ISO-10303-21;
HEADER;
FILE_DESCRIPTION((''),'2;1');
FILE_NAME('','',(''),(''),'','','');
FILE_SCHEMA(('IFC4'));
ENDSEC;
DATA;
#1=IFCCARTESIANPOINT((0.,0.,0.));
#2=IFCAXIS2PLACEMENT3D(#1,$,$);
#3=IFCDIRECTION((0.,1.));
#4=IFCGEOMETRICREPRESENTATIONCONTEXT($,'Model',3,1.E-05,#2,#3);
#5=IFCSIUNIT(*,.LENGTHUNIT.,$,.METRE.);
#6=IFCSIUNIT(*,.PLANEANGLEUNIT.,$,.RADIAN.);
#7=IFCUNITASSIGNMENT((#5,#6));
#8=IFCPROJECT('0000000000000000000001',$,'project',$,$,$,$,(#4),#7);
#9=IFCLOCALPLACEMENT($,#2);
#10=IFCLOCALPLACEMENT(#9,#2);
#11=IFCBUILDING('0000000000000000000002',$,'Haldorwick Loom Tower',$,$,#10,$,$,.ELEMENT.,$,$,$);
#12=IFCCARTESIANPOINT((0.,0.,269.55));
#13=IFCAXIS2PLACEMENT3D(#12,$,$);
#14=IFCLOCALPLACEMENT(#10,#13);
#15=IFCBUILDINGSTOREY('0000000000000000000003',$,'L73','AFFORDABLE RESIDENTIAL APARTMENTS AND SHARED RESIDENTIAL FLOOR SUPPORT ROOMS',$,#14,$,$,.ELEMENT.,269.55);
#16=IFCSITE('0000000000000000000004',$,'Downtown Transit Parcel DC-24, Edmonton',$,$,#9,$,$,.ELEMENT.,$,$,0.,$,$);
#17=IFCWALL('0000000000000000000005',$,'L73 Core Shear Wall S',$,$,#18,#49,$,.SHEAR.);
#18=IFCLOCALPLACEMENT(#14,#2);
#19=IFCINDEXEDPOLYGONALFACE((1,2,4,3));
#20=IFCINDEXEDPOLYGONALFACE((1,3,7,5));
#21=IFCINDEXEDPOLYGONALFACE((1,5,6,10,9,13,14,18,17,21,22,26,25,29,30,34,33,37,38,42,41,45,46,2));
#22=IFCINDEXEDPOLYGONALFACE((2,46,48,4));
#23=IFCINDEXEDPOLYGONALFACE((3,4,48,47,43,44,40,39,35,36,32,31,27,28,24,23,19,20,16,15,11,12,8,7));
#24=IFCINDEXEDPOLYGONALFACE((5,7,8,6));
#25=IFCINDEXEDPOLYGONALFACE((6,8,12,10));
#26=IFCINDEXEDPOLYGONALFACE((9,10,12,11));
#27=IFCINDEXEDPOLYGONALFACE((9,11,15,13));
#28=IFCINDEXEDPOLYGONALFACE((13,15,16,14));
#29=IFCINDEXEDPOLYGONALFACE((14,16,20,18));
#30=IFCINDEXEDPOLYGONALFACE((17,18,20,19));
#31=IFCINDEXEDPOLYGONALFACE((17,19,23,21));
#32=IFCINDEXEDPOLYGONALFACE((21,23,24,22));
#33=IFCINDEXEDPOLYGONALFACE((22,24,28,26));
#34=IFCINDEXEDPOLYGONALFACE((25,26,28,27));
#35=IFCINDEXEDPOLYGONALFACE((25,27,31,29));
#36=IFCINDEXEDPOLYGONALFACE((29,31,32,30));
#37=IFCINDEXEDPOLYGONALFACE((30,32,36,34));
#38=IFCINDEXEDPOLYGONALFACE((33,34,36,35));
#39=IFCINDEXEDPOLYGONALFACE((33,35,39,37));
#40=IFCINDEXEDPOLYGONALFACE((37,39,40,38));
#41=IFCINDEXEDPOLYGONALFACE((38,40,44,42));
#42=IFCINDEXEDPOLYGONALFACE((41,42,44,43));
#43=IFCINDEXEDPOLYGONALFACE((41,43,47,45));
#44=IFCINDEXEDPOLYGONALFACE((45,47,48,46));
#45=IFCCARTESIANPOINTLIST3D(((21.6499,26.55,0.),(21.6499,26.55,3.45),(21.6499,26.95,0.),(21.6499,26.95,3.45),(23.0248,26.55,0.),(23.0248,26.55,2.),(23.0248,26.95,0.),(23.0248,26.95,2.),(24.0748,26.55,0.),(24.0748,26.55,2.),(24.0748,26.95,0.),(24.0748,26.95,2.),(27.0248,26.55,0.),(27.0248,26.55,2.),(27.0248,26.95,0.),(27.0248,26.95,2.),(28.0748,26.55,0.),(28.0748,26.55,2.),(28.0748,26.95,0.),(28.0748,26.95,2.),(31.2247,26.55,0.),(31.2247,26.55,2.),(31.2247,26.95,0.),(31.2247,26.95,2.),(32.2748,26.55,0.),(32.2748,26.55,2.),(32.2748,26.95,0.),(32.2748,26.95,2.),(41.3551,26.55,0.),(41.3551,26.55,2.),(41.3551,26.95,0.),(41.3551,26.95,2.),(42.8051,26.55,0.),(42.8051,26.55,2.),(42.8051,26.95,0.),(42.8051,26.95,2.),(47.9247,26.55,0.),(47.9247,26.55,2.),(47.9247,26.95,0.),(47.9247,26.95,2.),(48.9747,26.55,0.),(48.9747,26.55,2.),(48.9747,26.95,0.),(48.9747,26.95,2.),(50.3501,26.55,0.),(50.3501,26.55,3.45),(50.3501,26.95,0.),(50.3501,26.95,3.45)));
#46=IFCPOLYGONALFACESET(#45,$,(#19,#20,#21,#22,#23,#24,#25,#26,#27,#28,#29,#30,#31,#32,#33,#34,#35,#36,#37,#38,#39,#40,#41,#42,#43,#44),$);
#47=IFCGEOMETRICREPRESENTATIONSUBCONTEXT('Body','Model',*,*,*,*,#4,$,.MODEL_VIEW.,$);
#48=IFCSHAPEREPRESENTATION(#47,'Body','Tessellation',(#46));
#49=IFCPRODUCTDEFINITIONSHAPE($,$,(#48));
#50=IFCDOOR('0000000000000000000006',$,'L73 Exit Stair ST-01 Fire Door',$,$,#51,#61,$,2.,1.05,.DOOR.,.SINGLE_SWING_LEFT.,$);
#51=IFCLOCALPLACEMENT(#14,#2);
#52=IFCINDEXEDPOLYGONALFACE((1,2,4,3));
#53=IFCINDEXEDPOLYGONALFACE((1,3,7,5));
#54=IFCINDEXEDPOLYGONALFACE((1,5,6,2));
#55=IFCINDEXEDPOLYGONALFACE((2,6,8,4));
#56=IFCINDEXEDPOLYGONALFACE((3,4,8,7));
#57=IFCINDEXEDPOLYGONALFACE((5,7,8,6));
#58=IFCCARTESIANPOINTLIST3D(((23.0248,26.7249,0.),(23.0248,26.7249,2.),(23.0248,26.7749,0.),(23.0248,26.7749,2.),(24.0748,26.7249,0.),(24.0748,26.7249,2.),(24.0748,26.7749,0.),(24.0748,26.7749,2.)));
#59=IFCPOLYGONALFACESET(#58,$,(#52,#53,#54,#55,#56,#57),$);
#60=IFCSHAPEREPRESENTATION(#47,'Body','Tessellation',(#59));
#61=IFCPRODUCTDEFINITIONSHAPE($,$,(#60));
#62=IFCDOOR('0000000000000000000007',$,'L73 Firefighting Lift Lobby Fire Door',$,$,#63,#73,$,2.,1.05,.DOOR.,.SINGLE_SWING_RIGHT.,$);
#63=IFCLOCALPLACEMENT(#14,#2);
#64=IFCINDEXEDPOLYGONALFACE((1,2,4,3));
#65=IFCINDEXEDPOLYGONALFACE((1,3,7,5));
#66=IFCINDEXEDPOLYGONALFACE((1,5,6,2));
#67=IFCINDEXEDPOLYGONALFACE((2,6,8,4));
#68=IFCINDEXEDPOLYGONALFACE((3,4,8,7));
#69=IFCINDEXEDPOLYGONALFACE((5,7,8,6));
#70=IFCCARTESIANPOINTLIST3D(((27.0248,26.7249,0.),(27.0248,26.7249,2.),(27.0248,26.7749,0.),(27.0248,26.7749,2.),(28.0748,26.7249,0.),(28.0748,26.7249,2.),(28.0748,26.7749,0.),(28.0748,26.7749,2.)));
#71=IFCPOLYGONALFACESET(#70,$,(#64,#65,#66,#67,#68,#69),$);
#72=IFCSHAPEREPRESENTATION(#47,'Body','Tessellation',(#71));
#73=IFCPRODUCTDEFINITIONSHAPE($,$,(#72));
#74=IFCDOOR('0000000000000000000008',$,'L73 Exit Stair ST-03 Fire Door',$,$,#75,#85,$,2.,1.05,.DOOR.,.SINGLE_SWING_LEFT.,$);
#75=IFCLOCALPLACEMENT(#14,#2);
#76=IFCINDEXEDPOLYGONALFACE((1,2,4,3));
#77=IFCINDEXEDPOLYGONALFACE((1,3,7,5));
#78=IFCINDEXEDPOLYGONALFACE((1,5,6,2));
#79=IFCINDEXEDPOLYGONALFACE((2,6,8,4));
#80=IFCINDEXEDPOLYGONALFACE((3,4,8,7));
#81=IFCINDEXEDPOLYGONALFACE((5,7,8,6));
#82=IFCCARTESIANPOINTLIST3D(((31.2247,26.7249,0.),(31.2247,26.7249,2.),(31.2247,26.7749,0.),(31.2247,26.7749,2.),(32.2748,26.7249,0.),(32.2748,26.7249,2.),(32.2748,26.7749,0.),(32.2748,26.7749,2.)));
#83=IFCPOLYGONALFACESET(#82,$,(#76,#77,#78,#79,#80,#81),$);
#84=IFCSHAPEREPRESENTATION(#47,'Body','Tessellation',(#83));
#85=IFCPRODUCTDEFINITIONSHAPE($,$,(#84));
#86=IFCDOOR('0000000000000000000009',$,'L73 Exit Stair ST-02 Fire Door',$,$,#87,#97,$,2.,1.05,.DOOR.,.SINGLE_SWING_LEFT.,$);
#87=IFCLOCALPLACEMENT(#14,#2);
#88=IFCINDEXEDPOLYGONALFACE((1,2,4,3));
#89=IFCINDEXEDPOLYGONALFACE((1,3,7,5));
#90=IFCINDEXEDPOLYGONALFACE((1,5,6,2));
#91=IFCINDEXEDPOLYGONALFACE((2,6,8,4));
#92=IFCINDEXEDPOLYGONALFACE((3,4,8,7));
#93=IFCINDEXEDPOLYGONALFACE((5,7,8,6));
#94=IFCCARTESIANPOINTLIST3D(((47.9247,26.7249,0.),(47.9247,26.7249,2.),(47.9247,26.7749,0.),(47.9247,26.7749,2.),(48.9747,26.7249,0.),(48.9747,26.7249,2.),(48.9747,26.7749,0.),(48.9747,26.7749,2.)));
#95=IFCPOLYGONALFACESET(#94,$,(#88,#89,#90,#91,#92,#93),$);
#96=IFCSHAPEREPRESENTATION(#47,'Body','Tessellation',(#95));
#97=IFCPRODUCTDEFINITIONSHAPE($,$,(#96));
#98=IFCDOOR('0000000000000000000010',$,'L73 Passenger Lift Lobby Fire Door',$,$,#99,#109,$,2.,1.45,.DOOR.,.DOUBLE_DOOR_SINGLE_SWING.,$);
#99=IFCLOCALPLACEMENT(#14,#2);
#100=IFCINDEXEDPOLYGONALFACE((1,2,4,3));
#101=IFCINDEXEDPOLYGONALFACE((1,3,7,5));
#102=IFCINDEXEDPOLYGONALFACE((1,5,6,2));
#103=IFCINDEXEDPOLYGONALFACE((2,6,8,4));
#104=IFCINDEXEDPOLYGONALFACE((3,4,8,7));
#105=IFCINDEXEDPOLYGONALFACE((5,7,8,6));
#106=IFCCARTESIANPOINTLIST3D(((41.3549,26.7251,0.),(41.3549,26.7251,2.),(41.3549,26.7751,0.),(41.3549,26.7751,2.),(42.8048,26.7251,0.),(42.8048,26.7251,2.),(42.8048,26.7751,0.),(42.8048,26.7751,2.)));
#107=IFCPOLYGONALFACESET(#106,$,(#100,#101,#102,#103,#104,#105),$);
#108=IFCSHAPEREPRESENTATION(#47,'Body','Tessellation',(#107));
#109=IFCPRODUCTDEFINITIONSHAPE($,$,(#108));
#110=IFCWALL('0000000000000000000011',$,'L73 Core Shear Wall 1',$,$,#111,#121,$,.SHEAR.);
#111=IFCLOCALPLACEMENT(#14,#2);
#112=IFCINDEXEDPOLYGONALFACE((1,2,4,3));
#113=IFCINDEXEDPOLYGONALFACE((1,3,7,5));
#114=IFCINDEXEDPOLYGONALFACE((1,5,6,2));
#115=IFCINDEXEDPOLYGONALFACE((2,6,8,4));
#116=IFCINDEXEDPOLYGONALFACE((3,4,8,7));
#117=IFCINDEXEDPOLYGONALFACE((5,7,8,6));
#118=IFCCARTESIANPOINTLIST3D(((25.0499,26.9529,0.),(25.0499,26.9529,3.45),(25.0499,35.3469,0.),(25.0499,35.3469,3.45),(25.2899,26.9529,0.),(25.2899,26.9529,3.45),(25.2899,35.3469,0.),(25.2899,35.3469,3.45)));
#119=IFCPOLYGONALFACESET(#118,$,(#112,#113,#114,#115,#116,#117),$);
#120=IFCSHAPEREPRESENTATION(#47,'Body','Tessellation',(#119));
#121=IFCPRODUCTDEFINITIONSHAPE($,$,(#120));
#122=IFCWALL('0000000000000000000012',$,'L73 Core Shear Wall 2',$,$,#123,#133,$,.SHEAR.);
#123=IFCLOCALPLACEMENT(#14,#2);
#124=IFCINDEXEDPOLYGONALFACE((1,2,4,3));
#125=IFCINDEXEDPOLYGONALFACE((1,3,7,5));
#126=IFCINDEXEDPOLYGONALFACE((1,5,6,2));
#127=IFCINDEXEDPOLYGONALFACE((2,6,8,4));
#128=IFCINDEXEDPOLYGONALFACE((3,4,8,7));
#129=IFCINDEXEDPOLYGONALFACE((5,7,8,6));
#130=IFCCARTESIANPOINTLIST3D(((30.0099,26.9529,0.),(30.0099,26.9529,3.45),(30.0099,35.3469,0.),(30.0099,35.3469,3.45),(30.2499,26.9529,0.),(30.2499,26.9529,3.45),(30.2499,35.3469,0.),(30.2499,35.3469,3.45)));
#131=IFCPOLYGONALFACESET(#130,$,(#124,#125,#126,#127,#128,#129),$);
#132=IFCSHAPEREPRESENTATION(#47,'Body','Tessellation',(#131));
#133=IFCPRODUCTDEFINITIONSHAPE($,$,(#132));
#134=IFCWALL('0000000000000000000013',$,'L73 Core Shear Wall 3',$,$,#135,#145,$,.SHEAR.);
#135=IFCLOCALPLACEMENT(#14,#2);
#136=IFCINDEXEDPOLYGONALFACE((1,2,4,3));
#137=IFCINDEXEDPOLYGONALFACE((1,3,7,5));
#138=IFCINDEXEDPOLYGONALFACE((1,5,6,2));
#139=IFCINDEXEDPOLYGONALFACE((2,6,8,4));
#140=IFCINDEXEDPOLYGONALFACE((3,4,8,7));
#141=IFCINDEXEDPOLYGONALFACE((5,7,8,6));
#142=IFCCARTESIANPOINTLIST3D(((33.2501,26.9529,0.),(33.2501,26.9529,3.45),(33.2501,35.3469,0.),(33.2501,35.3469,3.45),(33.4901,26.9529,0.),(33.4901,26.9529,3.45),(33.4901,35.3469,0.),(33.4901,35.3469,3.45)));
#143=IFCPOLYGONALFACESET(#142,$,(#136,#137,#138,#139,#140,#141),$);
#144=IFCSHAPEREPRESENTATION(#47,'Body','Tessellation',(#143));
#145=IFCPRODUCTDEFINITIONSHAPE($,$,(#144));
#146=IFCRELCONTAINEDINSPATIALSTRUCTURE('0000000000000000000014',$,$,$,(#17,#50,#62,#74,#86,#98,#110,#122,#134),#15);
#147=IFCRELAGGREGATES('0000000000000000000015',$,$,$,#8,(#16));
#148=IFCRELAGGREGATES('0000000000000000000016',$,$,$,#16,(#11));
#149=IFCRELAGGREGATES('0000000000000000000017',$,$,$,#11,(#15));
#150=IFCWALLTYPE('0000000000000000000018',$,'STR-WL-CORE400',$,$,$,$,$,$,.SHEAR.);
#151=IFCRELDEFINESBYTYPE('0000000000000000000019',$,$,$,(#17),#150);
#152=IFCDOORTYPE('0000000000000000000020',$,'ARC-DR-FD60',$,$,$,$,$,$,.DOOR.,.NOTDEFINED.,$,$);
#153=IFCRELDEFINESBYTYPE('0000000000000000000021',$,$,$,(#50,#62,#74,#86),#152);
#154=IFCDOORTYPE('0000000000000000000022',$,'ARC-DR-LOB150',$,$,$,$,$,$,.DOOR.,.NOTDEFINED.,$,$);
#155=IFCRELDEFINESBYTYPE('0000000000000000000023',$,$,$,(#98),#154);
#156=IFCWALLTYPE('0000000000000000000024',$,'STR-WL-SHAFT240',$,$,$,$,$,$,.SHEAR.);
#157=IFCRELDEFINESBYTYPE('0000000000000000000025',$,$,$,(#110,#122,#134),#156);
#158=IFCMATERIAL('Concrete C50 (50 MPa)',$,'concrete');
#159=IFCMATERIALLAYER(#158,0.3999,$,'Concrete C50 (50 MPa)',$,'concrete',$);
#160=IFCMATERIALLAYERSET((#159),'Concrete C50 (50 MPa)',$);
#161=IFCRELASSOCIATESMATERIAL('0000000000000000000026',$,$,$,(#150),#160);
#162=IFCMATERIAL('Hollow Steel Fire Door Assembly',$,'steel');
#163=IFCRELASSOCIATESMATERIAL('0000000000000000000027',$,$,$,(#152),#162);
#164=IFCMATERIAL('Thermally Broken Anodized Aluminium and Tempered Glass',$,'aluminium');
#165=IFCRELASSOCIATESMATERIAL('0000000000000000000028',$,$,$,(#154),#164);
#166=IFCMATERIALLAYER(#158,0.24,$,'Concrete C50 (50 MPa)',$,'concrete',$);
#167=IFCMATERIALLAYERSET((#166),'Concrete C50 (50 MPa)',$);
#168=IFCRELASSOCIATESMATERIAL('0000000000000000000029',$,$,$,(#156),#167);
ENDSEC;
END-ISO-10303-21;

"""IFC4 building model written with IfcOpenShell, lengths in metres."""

from ifc_helpers import new_model, si_unit, direction, frame, frame_2d, origin, place, context, subcontext, project, spatial, rectangle, extrude, material, layer, layer_set, type_object, element, fill, save


model = new_model("IFC4")

# Units and contexts
model_context = context("Model", 3, precision=1e-05, world=origin(), true_north=direction((0.0, 1.0)))
body_context = subcontext(model_context, "Body", "Model", "MODEL_VIEW")
ifc_project = project(units=[si_unit("LENGTHUNIT", "METRE"), si_unit("PLANEANGLEUNIT", "RADIAN")], contexts=[model_context])

# Site, building, storey
site_placement = place(None, origin())
site = spatial("IfcSite", under=ifc_project, at=site_placement, Name="Downtown Transit Parcel DC-24, Edmonton", CompositionType="ELEMENT", RefElevation=0.0)
building_placement = place(site_placement, origin())
building = spatial("IfcBuilding", under=site, at=building_placement, Name="Haldorwick Loom Tower", CompositionType="ELEMENT")
storey_placement = place(building_placement, frame((0.0, 0.0, 269.55)))
storey = spatial("IfcBuildingStorey", under=building, at=storey_placement, Name="L73", Description="AFFORDABLE RESIDENTIAL APARTMENTS AND SHARED RESIDENTIAL FLOOR SUPPORT ROOMS", CompositionType="ELEMENT", Elevation=269.55)

# Shared definitions
ifc_material_1 = material(Name="Concrete C50 (50 MPa)", Category="concrete")

# Shared definitions
ifc_material_2 = material(Name="Hollow Steel Fire Door Assembly", Category="steel")

# Wall, openings, doors
ifc_layer_1 = layer(ifc_material_1, 0.3999, Name="Concrete C50 (50 MPa)", Category="concrete")
ifc_layer_set_1 = layer_set([ifc_layer_1], Name="Concrete C50 (50 MPa)")
wall_type_1 = type_object("IfcWallType", Name="STR-WL-CORE400", PredefinedType="SHEAR", material=ifc_layer_set_1)
wall_1_placement = place(storey_placement, frame((21.6499, 26.75, 0.0), z_axis=(0.0, 0.0, 1.0), x_axis=(1.0, 0.0, 0.0)))
wall_1 = element("IfcWall", 1, at=wall_1_placement, inside=storey, type_object=wall_type_1, Name="L73 Core Shear Wall S", PredefinedType="SHEAR", context=body_context, shape_type="SweptSolid", body=[
    extrude(rectangle(XDim=28.7002, YDim=0.3999, at=frame_2d((14.3501, 0.0))), origin(), (0.0, 0.0, 1.0), 3.45),
])
opening_1_placement = place(wall_1_placement, frame((1.375, 0.0, 0.0)))
opening_1 = element("IfcOpeningElement", 2, at=opening_1_placement, cuts=wall_1, PredefinedType="OPENING", context=body_context, shape_type="SweptSolid", body=[
    extrude(rectangle(XDim=1.05, YDim=2.0, at=frame_2d((0.5249, 1.0))), frame((0.0, 0.21, 0.0), z_axis=(0.0, -1.0, 0.0), x_axis=(1.0, 0.0, 0.0)), (0.0, 0.0, 1.0), 0.4199),
])
opening_2_placement = place(wall_1_placement, frame((5.375, 0.0, 0.0)))
opening_2 = element("IfcOpeningElement", 3, at=opening_2_placement, cuts=wall_1, PredefinedType="OPENING", context=body_context, shape_type="SweptSolid", body=[
    extrude(rectangle(XDim=1.05, YDim=2.0, at=frame_2d((0.5249, 1.0))), frame((0.0, 0.21, 0.0), z_axis=(0.0, -1.0, 0.0), x_axis=(1.0, 0.0, 0.0)), (0.0, 0.0, 1.0), 0.4199),
])
opening_3_placement = place(wall_1_placement, frame((9.575, 0.0, 0.0)))
opening_3 = element("IfcOpeningElement", 4, at=opening_3_placement, cuts=wall_1, PredefinedType="OPENING", context=body_context, shape_type="SweptSolid", body=[
    extrude(rectangle(XDim=1.05, YDim=2.0, at=frame_2d((0.5249, 1.0))), frame((0.0, 0.21, 0.0), z_axis=(0.0, -1.0, 0.0), x_axis=(1.0, 0.0, 0.0)), (0.0, 0.0, 1.0), 0.4199),
])
opening_4_placement = place(wall_1_placement, frame((19.7051, 0.0, 0.0)))
opening_4 = element("IfcOpeningElement", 5, at=opening_4_placement, cuts=wall_1, PredefinedType="OPENING", context=body_context, shape_type="SweptSolid", body=[
    extrude(rectangle(XDim=1.45, YDim=2.0, at=frame_2d((0.7251, 1.0))), frame((0.0, 0.21, 0.0), z_axis=(0.0, -1.0, 0.0), x_axis=(1.0, 0.0, 0.0)), (0.0, 0.0, 1.0), 0.4199),
])
opening_5_placement = place(wall_1_placement, frame((26.2749, 0.0, 0.0)))
opening_5 = element("IfcOpeningElement", 6, at=opening_5_placement, cuts=wall_1, PredefinedType="OPENING", context=body_context, shape_type="SweptSolid", body=[
    extrude(rectangle(XDim=1.05, YDim=2.0, at=frame_2d((0.5249, 1.0))), frame((0.0, 0.21, 0.0), z_axis=(0.0, -1.0, 0.0), x_axis=(1.0, 0.0, 0.0)), (0.0, 0.0, 1.0), 0.4199),
])
door_type_1 = type_object("IfcDoorType", Name="ARC-DR-FD60", OperationType="NOTDEFINED", PredefinedType="DOOR", material=ifc_material_2)
door_1_placement = place(opening_1_placement, origin())
door_1 = element("IfcDoor", 7, at=door_1_placement, inside=storey, type_object=door_type_1, Name="L73 Exit Stair ST-01 Fire Door", OperationType="SINGLE_SWING_LEFT", OverallHeight=2.0, OverallWidth=1.05, PredefinedType="DOOR", context=body_context, shape_type="SweptSolid", body=[
    extrude(rectangle(XDim=1.05, YDim=2.0, at=frame_2d((0.5249, 1.0))), frame((0.0, 0.0249, 0.0), z_axis=(0.0, -1.0, 0.0), x_axis=(1.0, 0.0, 0.0)), (0.0, 0.0, 1.0), 0.05),
])
fill(opening_1, door_1)
door_2_placement = place(opening_2_placement, origin())
door_2 = element("IfcDoor", 8, at=door_2_placement, inside=storey, type_object=door_type_1, Name="L73 Firefighting Lift Lobby Fire Door", OperationType="SINGLE_SWING_RIGHT", OverallHeight=2.0, OverallWidth=1.05, PredefinedType="DOOR", context=body_context, shape_type="SweptSolid", body=[
    extrude(rectangle(XDim=1.05, YDim=2.0, at=frame_2d((0.5249, 1.0))), frame((0.0, 0.0249, 0.0), z_axis=(0.0, -1.0, 0.0), x_axis=(1.0, 0.0, 0.0)), (0.0, 0.0, 1.0), 0.05),
])
fill(opening_2, door_2)
door_3_placement = place(opening_3_placement, origin())
door_3 = element("IfcDoor", 9, at=door_3_placement, inside=storey, type_object=door_type_1, Name="L73 Exit Stair ST-03 Fire Door", OperationType="SINGLE_SWING_LEFT", OverallHeight=2.0, OverallWidth=1.05, PredefinedType="DOOR", context=body_context, shape_type="SweptSolid", body=[
    extrude(rectangle(XDim=1.05, YDim=2.0, at=frame_2d((0.5249, 1.0))), frame((0.0, 0.0249, 0.0), z_axis=(0.0, -1.0, 0.0), x_axis=(1.0, 0.0, 0.0)), (0.0, 0.0, 1.0), 0.05),
])
fill(opening_3, door_3)
door_4_placement = place(opening_5_placement, origin())
door_4 = element("IfcDoor", 10, at=door_4_placement, inside=storey, type_object=door_type_1, Name="L73 Exit Stair ST-02 Fire Door", OperationType="SINGLE_SWING_LEFT", OverallHeight=2.0, OverallWidth=1.05, PredefinedType="DOOR", context=body_context, shape_type="SweptSolid", body=[
    extrude(rectangle(XDim=1.05, YDim=2.0, at=frame_2d((0.5249, 1.0))), frame((0.0, 0.0249, 0.0), z_axis=(0.0, -1.0, 0.0), x_axis=(1.0, 0.0, 0.0)), (0.0, 0.0, 1.0), 0.05),
])
fill(opening_5, door_4)
ifc_material_3 = material(Name="Thermally Broken Anodized Aluminium and Tempered Glass", Category="aluminium")
door_type_2 = type_object("IfcDoorType", Name="ARC-DR-LOB150", OperationType="NOTDEFINED", PredefinedType="DOOR", material=ifc_material_3)
door_5_placement = place(opening_4_placement, frame((1.45, 0.0, 0.0), z_axis=(0.0, 0.0, 1.0), x_axis=(-1.0, 0.0, 0.0)))
door_5 = element("IfcDoor", 11, at=door_5_placement, inside=storey, type_object=door_type_2, Name="L73 Passenger Lift Lobby Fire Door", OperationType="DOUBLE_DOOR_SINGLE_SWING", OverallHeight=2.0, OverallWidth=1.45, PredefinedType="DOOR", context=body_context, shape_type="SweptSolid", body=[
    extrude(rectangle(XDim=1.45, YDim=2.0, at=frame_2d((0.7251, 1.0))), frame((0.0, 0.0249, 0.0), z_axis=(0.0, -1.0, 0.0), x_axis=(1.0, 0.0, 0.0)), (0.0, 0.0, 1.0), 0.05),
])
fill(opening_4, door_5)

# Walls
ifc_layer_2 = layer(ifc_material_1, 0.24, Name="Concrete C50 (50 MPa)", Category="concrete")
ifc_layer_set_2 = layer_set([ifc_layer_2], Name="Concrete C50 (50 MPa)")
wall_type_2 = type_object("IfcWallType", Name="STR-WL-SHAFT240", PredefinedType="SHEAR", material=ifc_layer_set_2)
for number, where, z_axis, x_axis, name in (
    (12, (25.1699, 26.9529, 0.0), (0.0, 0.0, 1.0), (0.0, 1.0, 0.0), "L73 Core Shear Wall 1"),
    (13, (30.1299, 26.9529, 0.0), (0.0, 0.0, 1.0), (0.0, 1.0, 0.0), "L73 Core Shear Wall 2"),
    (14, (33.3701, 26.9529, 0.0), (0.0, 0.0, 1.0), (0.0, 1.0, 0.0), "L73 Core Shear Wall 3"),
):
    element("IfcWall", number, at=place(storey_placement, frame(where, z_axis=z_axis, x_axis=x_axis)), inside=storey, type_object=wall_type_2, Name=name, PredefinedType="SHEAR", context=body_context, shape_type="SweptSolid", body=[
        extrude(rectangle(XDim=8.394, YDim=0.24, at=frame_2d((4.197, 0.0))), origin(), (0.0, 0.0, 1.0), 3.45),
    ])

save(model, "model.ifc")
